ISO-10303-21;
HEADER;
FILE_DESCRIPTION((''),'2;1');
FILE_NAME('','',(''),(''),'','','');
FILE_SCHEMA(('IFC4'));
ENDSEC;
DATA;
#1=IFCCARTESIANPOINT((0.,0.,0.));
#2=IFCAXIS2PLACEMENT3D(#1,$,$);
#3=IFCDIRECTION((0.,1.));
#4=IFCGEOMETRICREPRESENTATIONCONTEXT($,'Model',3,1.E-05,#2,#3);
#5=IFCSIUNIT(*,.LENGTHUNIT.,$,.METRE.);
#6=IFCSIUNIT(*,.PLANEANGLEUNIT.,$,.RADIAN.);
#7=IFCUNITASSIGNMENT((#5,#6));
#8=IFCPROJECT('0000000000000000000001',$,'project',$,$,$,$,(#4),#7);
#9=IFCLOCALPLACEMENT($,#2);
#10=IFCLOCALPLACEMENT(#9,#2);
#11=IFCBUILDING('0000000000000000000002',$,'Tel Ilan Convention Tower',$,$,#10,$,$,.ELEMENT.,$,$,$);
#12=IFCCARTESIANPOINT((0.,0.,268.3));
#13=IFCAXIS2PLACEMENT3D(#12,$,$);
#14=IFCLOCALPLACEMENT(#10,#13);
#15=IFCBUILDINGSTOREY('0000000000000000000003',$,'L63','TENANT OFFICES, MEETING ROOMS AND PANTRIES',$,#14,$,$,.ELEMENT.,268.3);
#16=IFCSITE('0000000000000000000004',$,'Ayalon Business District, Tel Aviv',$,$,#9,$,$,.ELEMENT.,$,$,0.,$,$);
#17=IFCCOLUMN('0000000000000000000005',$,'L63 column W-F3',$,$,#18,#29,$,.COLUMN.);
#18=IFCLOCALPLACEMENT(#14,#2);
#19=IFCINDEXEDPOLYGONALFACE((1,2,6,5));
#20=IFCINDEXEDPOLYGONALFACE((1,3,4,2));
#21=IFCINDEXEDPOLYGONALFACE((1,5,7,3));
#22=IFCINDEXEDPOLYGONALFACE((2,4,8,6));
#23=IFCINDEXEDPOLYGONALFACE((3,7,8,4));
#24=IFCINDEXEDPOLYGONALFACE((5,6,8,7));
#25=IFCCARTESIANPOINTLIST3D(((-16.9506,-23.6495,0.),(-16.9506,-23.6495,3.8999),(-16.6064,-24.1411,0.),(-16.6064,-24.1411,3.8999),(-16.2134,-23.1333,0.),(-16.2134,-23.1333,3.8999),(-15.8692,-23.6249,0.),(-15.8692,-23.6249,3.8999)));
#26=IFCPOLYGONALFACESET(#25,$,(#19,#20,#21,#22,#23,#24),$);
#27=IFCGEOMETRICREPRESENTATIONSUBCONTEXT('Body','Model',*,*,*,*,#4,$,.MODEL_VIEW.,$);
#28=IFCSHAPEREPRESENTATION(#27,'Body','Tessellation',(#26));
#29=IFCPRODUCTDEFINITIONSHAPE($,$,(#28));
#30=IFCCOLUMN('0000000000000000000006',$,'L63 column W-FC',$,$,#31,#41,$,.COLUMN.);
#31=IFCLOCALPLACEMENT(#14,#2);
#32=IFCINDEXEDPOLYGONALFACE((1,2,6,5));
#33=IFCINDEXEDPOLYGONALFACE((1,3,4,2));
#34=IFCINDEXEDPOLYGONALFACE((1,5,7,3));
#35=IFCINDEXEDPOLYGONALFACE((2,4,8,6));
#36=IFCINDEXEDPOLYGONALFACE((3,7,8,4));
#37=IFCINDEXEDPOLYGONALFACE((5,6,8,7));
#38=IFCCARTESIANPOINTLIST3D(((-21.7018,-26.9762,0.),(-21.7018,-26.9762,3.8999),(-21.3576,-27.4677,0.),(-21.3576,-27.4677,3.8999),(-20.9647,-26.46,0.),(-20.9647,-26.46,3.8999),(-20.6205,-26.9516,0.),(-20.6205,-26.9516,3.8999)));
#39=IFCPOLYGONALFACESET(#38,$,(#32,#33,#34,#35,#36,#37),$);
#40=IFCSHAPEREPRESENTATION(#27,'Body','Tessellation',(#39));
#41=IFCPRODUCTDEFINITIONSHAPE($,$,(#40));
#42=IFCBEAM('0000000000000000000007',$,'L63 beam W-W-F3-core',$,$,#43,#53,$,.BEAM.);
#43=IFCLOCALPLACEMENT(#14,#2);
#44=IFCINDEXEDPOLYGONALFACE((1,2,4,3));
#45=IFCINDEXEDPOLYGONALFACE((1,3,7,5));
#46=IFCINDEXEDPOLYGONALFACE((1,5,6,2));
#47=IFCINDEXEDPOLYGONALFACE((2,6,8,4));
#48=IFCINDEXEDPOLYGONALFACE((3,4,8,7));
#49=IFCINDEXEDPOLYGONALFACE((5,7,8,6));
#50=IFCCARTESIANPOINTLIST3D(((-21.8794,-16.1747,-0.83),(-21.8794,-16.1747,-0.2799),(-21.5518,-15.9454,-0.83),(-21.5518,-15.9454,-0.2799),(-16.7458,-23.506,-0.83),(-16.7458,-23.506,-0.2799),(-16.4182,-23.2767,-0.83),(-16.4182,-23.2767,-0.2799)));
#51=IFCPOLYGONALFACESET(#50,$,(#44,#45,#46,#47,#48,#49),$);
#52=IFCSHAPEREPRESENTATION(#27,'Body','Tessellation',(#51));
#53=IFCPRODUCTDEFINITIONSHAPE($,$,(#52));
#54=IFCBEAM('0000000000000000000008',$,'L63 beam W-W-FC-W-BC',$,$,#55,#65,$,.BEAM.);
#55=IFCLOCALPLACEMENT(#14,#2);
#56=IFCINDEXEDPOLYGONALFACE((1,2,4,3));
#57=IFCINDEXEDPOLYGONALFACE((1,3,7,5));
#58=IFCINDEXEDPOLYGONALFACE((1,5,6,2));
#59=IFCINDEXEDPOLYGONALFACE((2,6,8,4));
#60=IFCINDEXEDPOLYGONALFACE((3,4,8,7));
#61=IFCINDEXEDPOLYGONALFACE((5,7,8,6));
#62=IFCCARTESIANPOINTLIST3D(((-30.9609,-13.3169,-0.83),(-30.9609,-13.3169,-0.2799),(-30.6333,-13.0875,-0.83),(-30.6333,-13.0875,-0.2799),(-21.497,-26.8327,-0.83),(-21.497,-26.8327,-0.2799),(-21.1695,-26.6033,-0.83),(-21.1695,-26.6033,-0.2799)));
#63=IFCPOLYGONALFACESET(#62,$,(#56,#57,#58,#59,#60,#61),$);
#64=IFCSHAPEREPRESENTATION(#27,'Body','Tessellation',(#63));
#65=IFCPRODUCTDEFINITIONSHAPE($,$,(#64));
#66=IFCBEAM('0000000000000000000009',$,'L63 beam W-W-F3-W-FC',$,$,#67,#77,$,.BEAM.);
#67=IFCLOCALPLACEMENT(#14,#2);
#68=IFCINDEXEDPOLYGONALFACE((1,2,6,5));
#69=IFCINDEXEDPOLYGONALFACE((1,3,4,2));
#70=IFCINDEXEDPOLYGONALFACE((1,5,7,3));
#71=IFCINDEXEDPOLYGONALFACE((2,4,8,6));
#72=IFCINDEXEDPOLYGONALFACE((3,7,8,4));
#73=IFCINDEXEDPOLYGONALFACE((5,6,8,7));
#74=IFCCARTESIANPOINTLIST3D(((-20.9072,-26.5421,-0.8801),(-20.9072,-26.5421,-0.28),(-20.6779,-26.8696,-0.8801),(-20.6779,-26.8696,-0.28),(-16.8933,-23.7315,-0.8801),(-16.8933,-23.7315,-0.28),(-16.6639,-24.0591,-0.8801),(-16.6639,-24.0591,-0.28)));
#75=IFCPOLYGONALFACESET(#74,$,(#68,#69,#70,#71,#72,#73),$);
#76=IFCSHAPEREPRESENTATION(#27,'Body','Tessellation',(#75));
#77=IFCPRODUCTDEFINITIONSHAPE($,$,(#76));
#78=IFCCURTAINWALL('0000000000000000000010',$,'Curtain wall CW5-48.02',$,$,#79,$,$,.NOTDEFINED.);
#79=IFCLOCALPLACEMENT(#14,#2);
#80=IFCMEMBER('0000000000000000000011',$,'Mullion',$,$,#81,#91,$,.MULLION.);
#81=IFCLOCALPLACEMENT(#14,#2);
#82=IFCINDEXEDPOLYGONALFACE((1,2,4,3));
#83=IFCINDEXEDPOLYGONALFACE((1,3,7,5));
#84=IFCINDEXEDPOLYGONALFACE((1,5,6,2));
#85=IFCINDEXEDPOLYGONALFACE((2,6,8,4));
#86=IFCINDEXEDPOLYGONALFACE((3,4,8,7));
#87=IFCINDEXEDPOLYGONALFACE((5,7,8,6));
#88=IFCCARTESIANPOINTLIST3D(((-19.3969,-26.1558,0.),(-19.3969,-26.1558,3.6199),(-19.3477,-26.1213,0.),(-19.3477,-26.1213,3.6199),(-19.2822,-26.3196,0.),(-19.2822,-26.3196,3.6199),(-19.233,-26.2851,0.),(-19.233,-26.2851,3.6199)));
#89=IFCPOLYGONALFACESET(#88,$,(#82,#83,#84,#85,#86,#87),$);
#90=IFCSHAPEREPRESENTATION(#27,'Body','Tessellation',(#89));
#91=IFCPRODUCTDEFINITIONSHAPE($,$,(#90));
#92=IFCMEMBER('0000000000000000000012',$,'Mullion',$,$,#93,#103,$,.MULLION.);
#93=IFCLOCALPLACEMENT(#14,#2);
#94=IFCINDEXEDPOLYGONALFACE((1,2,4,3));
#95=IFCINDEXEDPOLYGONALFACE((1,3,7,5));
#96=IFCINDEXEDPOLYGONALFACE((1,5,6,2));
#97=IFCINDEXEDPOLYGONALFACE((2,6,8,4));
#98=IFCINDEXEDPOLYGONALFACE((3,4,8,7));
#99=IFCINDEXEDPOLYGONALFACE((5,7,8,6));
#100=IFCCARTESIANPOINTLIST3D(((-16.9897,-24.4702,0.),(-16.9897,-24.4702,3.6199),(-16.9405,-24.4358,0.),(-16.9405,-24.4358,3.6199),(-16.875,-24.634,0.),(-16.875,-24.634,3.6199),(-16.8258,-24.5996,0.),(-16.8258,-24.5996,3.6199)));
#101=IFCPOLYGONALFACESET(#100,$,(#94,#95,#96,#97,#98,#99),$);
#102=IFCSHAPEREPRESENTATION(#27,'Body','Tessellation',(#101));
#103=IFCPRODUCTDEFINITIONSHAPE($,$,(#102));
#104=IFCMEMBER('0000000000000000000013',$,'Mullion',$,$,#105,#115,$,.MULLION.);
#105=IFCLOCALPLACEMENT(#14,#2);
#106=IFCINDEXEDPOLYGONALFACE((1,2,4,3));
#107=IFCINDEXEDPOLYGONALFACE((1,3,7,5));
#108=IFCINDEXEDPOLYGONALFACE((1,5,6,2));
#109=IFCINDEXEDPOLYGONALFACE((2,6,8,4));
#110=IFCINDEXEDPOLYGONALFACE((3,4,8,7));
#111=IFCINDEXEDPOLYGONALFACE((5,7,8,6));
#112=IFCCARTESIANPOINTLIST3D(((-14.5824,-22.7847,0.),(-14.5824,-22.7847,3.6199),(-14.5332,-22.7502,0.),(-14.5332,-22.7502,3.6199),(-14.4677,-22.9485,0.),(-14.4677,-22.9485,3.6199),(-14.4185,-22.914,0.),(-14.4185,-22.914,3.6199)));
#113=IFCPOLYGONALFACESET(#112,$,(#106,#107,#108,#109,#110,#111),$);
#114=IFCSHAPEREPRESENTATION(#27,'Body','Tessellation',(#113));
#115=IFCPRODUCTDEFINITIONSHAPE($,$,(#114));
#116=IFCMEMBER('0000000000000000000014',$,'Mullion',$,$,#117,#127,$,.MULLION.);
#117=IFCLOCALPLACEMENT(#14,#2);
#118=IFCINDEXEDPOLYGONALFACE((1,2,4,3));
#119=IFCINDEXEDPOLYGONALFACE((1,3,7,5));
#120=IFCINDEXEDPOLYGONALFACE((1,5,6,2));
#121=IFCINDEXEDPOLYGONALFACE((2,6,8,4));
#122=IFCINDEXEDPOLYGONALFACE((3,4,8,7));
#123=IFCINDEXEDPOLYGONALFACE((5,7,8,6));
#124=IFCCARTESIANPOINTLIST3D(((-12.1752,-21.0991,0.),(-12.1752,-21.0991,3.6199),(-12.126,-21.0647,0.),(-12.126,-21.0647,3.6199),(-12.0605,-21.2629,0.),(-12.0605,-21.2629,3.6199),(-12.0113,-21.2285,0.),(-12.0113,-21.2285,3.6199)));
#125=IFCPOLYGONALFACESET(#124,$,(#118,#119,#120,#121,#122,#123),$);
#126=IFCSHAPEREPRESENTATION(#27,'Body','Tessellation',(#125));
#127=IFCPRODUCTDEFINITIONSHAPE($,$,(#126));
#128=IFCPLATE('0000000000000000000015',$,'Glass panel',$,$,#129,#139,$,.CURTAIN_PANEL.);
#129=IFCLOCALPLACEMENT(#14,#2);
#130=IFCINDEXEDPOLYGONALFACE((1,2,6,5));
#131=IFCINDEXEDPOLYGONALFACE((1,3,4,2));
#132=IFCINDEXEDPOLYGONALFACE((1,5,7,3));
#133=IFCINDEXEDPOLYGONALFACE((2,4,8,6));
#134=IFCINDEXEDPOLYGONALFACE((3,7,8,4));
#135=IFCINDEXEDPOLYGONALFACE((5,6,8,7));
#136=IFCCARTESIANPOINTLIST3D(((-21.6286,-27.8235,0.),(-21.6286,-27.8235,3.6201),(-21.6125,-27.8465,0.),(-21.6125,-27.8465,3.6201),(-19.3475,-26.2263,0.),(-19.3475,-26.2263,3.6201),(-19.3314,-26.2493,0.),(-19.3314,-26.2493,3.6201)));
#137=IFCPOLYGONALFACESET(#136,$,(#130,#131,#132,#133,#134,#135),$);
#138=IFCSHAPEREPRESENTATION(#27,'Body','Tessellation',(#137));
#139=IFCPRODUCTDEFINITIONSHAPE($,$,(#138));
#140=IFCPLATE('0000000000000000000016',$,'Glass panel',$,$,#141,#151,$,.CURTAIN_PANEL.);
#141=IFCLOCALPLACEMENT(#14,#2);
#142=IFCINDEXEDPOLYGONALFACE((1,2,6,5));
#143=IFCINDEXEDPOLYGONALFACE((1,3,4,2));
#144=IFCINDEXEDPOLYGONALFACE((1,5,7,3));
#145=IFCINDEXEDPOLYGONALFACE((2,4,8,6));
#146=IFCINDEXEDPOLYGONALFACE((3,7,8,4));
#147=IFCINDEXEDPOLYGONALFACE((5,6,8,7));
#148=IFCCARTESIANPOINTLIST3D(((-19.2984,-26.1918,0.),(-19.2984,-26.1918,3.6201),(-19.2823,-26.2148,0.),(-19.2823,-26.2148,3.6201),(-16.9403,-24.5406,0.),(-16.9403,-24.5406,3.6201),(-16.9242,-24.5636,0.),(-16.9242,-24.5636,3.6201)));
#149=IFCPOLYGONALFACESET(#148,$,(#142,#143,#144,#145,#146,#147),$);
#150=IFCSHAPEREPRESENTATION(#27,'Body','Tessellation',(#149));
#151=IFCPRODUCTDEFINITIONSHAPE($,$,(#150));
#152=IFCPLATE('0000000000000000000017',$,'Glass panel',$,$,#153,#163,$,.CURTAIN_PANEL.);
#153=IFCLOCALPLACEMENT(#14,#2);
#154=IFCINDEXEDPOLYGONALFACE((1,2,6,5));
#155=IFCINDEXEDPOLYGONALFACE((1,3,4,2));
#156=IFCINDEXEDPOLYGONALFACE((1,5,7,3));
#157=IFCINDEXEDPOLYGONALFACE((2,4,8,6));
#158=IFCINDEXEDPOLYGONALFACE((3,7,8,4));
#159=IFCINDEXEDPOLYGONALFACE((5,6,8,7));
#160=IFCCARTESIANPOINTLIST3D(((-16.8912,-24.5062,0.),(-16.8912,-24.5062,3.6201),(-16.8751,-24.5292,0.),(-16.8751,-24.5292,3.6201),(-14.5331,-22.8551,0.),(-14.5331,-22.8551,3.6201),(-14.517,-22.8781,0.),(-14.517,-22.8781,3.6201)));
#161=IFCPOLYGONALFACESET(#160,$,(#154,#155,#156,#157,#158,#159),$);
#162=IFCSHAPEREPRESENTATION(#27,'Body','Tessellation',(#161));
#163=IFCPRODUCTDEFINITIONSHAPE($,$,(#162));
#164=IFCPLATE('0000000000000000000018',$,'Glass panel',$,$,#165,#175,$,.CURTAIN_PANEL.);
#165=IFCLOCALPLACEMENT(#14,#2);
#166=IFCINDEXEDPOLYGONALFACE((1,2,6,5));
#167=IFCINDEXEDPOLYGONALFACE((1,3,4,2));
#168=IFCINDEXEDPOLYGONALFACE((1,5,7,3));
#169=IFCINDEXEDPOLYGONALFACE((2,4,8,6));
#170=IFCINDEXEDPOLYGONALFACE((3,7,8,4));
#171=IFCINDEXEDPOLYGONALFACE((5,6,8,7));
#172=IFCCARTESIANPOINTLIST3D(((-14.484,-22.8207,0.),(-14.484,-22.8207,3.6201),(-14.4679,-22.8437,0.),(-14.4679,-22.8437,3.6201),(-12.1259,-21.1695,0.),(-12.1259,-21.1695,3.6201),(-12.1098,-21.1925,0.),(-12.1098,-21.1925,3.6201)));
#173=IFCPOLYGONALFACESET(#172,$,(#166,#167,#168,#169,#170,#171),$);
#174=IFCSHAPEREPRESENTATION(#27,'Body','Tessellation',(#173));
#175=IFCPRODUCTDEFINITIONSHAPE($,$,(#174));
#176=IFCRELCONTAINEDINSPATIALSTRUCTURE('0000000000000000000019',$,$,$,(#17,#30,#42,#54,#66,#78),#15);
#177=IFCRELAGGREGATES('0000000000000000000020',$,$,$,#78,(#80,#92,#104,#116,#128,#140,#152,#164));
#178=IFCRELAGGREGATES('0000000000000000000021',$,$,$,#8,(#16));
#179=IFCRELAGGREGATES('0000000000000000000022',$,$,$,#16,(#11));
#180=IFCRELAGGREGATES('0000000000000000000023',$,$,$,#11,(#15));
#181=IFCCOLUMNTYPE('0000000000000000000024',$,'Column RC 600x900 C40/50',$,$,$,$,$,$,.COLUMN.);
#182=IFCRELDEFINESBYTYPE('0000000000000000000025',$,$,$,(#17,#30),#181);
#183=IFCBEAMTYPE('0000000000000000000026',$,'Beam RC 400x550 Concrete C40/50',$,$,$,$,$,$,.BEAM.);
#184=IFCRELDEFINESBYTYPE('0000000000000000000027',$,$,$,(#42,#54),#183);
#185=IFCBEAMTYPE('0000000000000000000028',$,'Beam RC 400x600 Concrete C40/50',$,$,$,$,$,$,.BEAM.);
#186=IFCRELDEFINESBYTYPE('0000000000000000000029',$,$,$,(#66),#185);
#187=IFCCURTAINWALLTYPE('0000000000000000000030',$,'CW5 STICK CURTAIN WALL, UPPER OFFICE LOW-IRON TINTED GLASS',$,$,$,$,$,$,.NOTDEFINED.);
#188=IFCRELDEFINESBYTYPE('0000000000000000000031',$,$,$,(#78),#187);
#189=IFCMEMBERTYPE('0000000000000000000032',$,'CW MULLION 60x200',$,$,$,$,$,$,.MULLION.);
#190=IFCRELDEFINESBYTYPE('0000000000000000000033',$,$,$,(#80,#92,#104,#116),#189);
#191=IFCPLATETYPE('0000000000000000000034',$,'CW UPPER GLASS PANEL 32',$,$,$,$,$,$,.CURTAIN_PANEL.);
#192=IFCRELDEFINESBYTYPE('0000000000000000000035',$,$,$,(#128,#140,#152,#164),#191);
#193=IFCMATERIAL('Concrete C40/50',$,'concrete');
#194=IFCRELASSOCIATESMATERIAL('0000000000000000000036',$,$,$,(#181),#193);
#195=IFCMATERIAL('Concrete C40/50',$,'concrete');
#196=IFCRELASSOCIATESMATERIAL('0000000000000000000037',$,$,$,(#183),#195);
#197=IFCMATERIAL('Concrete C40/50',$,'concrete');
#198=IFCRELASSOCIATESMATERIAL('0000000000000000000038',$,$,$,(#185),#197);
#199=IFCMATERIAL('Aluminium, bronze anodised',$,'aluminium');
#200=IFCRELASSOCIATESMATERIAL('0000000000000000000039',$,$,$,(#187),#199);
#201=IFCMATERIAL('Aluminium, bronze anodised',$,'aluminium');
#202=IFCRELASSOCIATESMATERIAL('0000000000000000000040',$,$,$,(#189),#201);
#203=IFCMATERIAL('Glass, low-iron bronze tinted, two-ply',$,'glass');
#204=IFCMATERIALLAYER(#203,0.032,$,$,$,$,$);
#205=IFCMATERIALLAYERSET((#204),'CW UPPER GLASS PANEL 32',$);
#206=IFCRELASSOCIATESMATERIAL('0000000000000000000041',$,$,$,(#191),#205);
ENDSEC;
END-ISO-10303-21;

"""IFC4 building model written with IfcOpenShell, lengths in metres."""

from ifc_helpers import new_model, si_unit, direction, frame, origin, origin_2d, place, context, subcontext, project, spatial, rectangle, extrude, material, layer, layer_set, material_profile, profile_set, type_object, element, aggregate, save


model = new_model("IFC4")

# Units and contexts
model_context = context("Model", 3, precision=1e-05, world=origin(), true_north=direction((0.0, 1.0)))
body_context = subcontext(model_context, "Body", "Model", "MODEL_VIEW")
ifc_project = project(units=[si_unit("LENGTHUNIT", "METRE"), si_unit("PLANEANGLEUNIT", "RADIAN")], contexts=[model_context])

# Site, building, storey
site_placement = place(None, origin())
site = spatial("IfcSite", under=ifc_project, at=site_placement, Name="Ayalon Business District, Tel Aviv", CompositionType="ELEMENT", RefElevation=0.0)
building_placement = place(site_placement, origin())
building = spatial("IfcBuilding", under=site, at=building_placement, Name="Tel Ilan Convention Tower", CompositionType="ELEMENT")
storey_placement = place(building_placement, frame((0.0, 0.0, 268.3)))
storey = spatial("IfcBuildingStorey", under=building, at=storey_placement, Name="L63", Description="TENANT OFFICES, MEETING ROOMS AND PANTRIES", CompositionType="ELEMENT", Elevation=268.3)

# Columns
ifc_material_1 = material(Name="Concrete C40/50", Category="concrete")
ifc_material_profile_1 = material_profile(ifc_material_1, rectangle(XDim=0.8999, YDim=0.6001, at=origin_2d()), Name="RC 600x900")
ifc_profile_set_1 = profile_set([ifc_material_profile_1], Name="Concrete C40/50")
column_type = type_object("IfcColumnType", Name="Column RC 600x900 C40/50", PredefinedType="COLUMN", material=ifc_profile_set_1)
for number, where, z_axis, x_axis, name in (
    (1, (-16.4099, -23.6372, 0.0), (0.0, 0.0, 1.0), (-0.819152, -0.573576, 0.0), "L63 column W-F3"),
    (2, (-21.1611, -26.9639, 0.0), (0.0, 0.0, 1.0), (-0.819152, -0.573576, 0.0), "L63 column W-FC"),
):
    element("IfcColumn", number, at=place(storey_placement, frame(where, z_axis=z_axis, x_axis=x_axis)), inside=storey, type_object=column_type, Name=name, PredefinedType="COLUMN", context=body_context, shape_type="SweptSolid", body=[
        extrude(rectangle(XDim=0.8999, YDim=0.6001, at=origin_2d()), origin(), (0.0, 0.0, 1.0), 3.8999),
    ])

# Beams
ifc_material_2 = material(Name="Concrete C40/50", Category="concrete")
ifc_material_profile_2 = material_profile(ifc_material_2, rectangle(XDim=0.3999, YDim=0.55, at=origin_2d()), Name="RC 400x550")
ifc_profile_set_2 = profile_set([ifc_material_profile_2], Name="Concrete C40/50")
beam_type_1 = type_object("IfcBeamType", Name="Beam RC 400x550 Concrete C40/50", PredefinedType="BEAM", material=ifc_profile_set_2)
beam_1_placement = place(storey_placement, frame((-16.582, -23.3914, -0.5549), z_axis=(-0.573585, 0.819146, 0.0), x_axis=(-0.819146, -0.573585, 0.0)))
element("IfcBeam", 3, at=beam_1_placement, inside=storey, type_object=beam_type_1, Name="L63 beam W-W-F3-core", PredefinedType="BEAM", context=body_context, shape_type="SweptSolid", body=[
    extrude(rectangle(XDim=0.3999, YDim=0.55, at=origin_2d()), origin(), (0.0, 0.0, 1.0), 8.95),
])
beam_2_placement = place(storey_placement, frame((-21.3333, -26.718, -0.5549), z_axis=(-0.573575, 0.819153, 0.0), x_axis=(-0.819153, -0.573575, 0.0)))
element("IfcBeam", 4, at=beam_2_placement, inside=storey, type_object=beam_type_1, Name="L63 beam W-W-FC-W-BC", PredefinedType="BEAM", context=body_context, shape_type="SweptSolid", body=[
    extrude(rectangle(XDim=0.3999, YDim=0.55, at=origin_2d()), origin(), (0.0, 0.0, 1.0), 16.4998),
])
ifc_material_3 = material(Name="Concrete C40/50", Category="concrete")
ifc_material_profile_3 = material_profile(ifc_material_3, rectangle(XDim=0.3999, YDim=0.6001, at=origin_2d()), Name="RC 400x600")
ifc_profile_set_3 = profile_set([ifc_material_profile_3], Name="Concrete C40/50")
beam_type_2 = type_object("IfcBeamType", Name="Beam RC 400x600 Concrete C40/50", PredefinedType="BEAM", material=ifc_profile_set_3)
beam_3_placement = place(storey_placement, frame((-16.7786, -23.8953, -0.5801), z_axis=(-0.819155, -0.573573, 0.0), x_axis=(0.573573, -0.819155, 0.0)))
element("IfcBeam", 5, at=beam_3_placement, inside=storey, type_object=beam_type_2, Name="L63 beam W-W-F3-W-FC", PredefinedType="BEAM", context=body_context, shape_type="SweptSolid", body=[
    extrude(rectangle(XDim=0.3999, YDim=0.6001, at=origin_2d()), origin(), (0.0, 0.0, 1.0), 4.9001),
])

# Curtain wall, members, plates
ifc_material_4 = material(Name="Aluminium, bronze anodised", Category="aluminium")
curtain_wall_type = type_object("IfcCurtainWallType", Name="CW5 STICK CURTAIN WALL, UPPER OFFICE LOW-IRON TINTED GLASS", PredefinedType="NOTDEFINED", material=ifc_material_4)
curtain_wall_placement = place(storey_placement, origin())
curtain_wall = element("IfcCurtainWall", 6, at=curtain_wall_placement, inside=storey, type_object=curtain_wall_type, Name="Curtain wall CW5-48.02", PredefinedType="NOTDEFINED")
ifc_material_5 = material(Name="Aluminium, bronze anodised", Category="aluminium")
ifc_material_profile_4 = material_profile(ifc_material_5, rectangle(XDim=0.0601, YDim=0.2, at=origin_2d()), Name="CW MULLION 60x200")
ifc_profile_set_4 = profile_set([ifc_material_profile_4], Name="Aluminium, bronze anodised")
member_type = type_object("IfcMemberType", Name="CW MULLION 60x200", PredefinedType="MULLION", material=ifc_profile_set_4)
member_1_placement = place(storey_placement, frame((-19.3149, -26.2205, 0.0), z_axis=(0.0, 0.0, 1.0), x_axis=(0.819152, 0.573576, 0.0)))
member_1 = element("IfcMember", 7, at=member_1_placement, type_object=member_type, Name="Mullion", PredefinedType="MULLION", context=body_context, shape_type="SweptSolid", body=[
    extrude(rectangle(XDim=0.0601, YDim=0.2, at=origin_2d()), origin(), (0.0, 0.0, 1.0), 3.6199),
])
member_2_placement = place(storey_placement, frame((-16.9077, -24.5349, 0.0), z_axis=(0.0, 0.0, 1.0), x_axis=(0.819152, 0.573576, 0.0)))
member_2 = element("IfcMember", 8, at=member_2_placement, type_object=member_type, Name="Mullion", PredefinedType="MULLION", context=body_context, shape_type="SweptSolid", body=[
    extrude(rectangle(XDim=0.0601, YDim=0.2, at=origin_2d()), origin(), (0.0, 0.0, 1.0), 3.6199),
])
member_3_placement = place(storey_placement, frame((-14.5005, -22.8494, 0.0), z_axis=(0.0, 0.0, 1.0), x_axis=(0.819152, 0.573576, 0.0)))
member_3 = element("IfcMember", 9, at=member_3_placement, type_object=member_type, Name="Mullion", PredefinedType="MULLION", context=body_context, shape_type="SweptSolid", body=[
    extrude(rectangle(XDim=0.0601, YDim=0.2, at=origin_2d()), origin(), (0.0, 0.0, 1.0), 3.6199),
])
member_4_placement = place(storey_placement, frame((-12.0933, -21.1638, 0.0), z_axis=(0.0, 0.0, 1.0), x_axis=(0.819152, 0.573576, 0.0)))
member_4 = element("IfcMember", 10, at=member_4_placement, type_object=member_type, Name="Mullion", PredefinedType="MULLION", context=body_context, shape_type="SweptSolid", body=[
    extrude(rectangle(XDim=0.0601, YDim=0.2, at=origin_2d()), origin(), (0.0, 0.0, 1.0), 3.6199),
])
ifc_material_6 = material(Name="Glass, low-iron bronze tinted, two-ply", Category="glass")
ifc_layer_1 = layer(ifc_material_6, 0.032)
ifc_layer_set_1 = layer_set([ifc_layer_1], Name="CW UPPER GLASS PANEL 32")
plate_type = type_object("IfcPlateType", Name="CW UPPER GLASS PANEL 32", PredefinedType="CURTAIN_PANEL", material=ifc_layer_set_1)
plate_1_placement = place(storey_placement, frame((-20.48, -27.0364, 0.0), z_axis=(0.0, 0.0, 1.0), x_axis=(0.819152, 0.573576, 0.0)))
plate_1 = element("IfcPlate", 11, at=plate_1_placement, type_object=plate_type, Name="Glass panel", PredefinedType="CURTAIN_PANEL", context=body_context, shape_type="SweptSolid", body=[
    extrude(rectangle(XDim=2.7847, YDim=0.0281, at=origin_2d()), origin(), (0.0, 0.0, 1.0), 3.6201),
])
plate_2_placement = place(storey_placement, frame((-18.1113, -25.3777, 0.0), z_axis=(0.0, 0.0, 1.0), x_axis=(0.819152, 0.573576, 0.0)))
plate_2 = element("IfcPlate", 12, at=plate_2_placement, type_object=plate_type, Name="Glass panel", PredefinedType="CURTAIN_PANEL", context=body_context, shape_type="SweptSolid", body=[
    extrude(rectangle(XDim=2.8787, YDim=0.0281, at=origin_2d()), origin(), (0.0, 0.0, 1.0), 3.6201),
])
plate_3_placement = place(storey_placement, frame((-15.7041, -23.6921, 0.0), z_axis=(0.0, 0.0, 1.0), x_axis=(0.819152, 0.573576, 0.0)))
plate_3 = element("IfcPlate", 13, at=plate_3_placement, type_object=plate_type, Name="Glass panel", PredefinedType="CURTAIN_PANEL", context=body_context, shape_type="SweptSolid", body=[
    extrude(rectangle(XDim=2.8787, YDim=0.0281, at=origin_2d()), origin(), (0.0, 0.0, 1.0), 3.6201),
])
plate_4_placement = place(storey_placement, frame((-13.2969, -22.0066, 0.0), z_axis=(0.0, 0.0, 1.0), x_axis=(0.819152, 0.573576, 0.0)))
plate_4 = element("IfcPlate", 14, at=plate_4_placement, type_object=plate_type, Name="Glass panel", PredefinedType="CURTAIN_PANEL", context=body_context, shape_type="SweptSolid", body=[
    extrude(rectangle(XDim=2.8787, YDim=0.0281, at=origin_2d()), origin(), (0.0, 0.0, 1.0), 3.6201),
])
aggregate(curtain_wall, [member_1, member_2, member_3, member_4, plate_1, plate_2, plate_3, plate_4])

save(model, "model.ifc")
